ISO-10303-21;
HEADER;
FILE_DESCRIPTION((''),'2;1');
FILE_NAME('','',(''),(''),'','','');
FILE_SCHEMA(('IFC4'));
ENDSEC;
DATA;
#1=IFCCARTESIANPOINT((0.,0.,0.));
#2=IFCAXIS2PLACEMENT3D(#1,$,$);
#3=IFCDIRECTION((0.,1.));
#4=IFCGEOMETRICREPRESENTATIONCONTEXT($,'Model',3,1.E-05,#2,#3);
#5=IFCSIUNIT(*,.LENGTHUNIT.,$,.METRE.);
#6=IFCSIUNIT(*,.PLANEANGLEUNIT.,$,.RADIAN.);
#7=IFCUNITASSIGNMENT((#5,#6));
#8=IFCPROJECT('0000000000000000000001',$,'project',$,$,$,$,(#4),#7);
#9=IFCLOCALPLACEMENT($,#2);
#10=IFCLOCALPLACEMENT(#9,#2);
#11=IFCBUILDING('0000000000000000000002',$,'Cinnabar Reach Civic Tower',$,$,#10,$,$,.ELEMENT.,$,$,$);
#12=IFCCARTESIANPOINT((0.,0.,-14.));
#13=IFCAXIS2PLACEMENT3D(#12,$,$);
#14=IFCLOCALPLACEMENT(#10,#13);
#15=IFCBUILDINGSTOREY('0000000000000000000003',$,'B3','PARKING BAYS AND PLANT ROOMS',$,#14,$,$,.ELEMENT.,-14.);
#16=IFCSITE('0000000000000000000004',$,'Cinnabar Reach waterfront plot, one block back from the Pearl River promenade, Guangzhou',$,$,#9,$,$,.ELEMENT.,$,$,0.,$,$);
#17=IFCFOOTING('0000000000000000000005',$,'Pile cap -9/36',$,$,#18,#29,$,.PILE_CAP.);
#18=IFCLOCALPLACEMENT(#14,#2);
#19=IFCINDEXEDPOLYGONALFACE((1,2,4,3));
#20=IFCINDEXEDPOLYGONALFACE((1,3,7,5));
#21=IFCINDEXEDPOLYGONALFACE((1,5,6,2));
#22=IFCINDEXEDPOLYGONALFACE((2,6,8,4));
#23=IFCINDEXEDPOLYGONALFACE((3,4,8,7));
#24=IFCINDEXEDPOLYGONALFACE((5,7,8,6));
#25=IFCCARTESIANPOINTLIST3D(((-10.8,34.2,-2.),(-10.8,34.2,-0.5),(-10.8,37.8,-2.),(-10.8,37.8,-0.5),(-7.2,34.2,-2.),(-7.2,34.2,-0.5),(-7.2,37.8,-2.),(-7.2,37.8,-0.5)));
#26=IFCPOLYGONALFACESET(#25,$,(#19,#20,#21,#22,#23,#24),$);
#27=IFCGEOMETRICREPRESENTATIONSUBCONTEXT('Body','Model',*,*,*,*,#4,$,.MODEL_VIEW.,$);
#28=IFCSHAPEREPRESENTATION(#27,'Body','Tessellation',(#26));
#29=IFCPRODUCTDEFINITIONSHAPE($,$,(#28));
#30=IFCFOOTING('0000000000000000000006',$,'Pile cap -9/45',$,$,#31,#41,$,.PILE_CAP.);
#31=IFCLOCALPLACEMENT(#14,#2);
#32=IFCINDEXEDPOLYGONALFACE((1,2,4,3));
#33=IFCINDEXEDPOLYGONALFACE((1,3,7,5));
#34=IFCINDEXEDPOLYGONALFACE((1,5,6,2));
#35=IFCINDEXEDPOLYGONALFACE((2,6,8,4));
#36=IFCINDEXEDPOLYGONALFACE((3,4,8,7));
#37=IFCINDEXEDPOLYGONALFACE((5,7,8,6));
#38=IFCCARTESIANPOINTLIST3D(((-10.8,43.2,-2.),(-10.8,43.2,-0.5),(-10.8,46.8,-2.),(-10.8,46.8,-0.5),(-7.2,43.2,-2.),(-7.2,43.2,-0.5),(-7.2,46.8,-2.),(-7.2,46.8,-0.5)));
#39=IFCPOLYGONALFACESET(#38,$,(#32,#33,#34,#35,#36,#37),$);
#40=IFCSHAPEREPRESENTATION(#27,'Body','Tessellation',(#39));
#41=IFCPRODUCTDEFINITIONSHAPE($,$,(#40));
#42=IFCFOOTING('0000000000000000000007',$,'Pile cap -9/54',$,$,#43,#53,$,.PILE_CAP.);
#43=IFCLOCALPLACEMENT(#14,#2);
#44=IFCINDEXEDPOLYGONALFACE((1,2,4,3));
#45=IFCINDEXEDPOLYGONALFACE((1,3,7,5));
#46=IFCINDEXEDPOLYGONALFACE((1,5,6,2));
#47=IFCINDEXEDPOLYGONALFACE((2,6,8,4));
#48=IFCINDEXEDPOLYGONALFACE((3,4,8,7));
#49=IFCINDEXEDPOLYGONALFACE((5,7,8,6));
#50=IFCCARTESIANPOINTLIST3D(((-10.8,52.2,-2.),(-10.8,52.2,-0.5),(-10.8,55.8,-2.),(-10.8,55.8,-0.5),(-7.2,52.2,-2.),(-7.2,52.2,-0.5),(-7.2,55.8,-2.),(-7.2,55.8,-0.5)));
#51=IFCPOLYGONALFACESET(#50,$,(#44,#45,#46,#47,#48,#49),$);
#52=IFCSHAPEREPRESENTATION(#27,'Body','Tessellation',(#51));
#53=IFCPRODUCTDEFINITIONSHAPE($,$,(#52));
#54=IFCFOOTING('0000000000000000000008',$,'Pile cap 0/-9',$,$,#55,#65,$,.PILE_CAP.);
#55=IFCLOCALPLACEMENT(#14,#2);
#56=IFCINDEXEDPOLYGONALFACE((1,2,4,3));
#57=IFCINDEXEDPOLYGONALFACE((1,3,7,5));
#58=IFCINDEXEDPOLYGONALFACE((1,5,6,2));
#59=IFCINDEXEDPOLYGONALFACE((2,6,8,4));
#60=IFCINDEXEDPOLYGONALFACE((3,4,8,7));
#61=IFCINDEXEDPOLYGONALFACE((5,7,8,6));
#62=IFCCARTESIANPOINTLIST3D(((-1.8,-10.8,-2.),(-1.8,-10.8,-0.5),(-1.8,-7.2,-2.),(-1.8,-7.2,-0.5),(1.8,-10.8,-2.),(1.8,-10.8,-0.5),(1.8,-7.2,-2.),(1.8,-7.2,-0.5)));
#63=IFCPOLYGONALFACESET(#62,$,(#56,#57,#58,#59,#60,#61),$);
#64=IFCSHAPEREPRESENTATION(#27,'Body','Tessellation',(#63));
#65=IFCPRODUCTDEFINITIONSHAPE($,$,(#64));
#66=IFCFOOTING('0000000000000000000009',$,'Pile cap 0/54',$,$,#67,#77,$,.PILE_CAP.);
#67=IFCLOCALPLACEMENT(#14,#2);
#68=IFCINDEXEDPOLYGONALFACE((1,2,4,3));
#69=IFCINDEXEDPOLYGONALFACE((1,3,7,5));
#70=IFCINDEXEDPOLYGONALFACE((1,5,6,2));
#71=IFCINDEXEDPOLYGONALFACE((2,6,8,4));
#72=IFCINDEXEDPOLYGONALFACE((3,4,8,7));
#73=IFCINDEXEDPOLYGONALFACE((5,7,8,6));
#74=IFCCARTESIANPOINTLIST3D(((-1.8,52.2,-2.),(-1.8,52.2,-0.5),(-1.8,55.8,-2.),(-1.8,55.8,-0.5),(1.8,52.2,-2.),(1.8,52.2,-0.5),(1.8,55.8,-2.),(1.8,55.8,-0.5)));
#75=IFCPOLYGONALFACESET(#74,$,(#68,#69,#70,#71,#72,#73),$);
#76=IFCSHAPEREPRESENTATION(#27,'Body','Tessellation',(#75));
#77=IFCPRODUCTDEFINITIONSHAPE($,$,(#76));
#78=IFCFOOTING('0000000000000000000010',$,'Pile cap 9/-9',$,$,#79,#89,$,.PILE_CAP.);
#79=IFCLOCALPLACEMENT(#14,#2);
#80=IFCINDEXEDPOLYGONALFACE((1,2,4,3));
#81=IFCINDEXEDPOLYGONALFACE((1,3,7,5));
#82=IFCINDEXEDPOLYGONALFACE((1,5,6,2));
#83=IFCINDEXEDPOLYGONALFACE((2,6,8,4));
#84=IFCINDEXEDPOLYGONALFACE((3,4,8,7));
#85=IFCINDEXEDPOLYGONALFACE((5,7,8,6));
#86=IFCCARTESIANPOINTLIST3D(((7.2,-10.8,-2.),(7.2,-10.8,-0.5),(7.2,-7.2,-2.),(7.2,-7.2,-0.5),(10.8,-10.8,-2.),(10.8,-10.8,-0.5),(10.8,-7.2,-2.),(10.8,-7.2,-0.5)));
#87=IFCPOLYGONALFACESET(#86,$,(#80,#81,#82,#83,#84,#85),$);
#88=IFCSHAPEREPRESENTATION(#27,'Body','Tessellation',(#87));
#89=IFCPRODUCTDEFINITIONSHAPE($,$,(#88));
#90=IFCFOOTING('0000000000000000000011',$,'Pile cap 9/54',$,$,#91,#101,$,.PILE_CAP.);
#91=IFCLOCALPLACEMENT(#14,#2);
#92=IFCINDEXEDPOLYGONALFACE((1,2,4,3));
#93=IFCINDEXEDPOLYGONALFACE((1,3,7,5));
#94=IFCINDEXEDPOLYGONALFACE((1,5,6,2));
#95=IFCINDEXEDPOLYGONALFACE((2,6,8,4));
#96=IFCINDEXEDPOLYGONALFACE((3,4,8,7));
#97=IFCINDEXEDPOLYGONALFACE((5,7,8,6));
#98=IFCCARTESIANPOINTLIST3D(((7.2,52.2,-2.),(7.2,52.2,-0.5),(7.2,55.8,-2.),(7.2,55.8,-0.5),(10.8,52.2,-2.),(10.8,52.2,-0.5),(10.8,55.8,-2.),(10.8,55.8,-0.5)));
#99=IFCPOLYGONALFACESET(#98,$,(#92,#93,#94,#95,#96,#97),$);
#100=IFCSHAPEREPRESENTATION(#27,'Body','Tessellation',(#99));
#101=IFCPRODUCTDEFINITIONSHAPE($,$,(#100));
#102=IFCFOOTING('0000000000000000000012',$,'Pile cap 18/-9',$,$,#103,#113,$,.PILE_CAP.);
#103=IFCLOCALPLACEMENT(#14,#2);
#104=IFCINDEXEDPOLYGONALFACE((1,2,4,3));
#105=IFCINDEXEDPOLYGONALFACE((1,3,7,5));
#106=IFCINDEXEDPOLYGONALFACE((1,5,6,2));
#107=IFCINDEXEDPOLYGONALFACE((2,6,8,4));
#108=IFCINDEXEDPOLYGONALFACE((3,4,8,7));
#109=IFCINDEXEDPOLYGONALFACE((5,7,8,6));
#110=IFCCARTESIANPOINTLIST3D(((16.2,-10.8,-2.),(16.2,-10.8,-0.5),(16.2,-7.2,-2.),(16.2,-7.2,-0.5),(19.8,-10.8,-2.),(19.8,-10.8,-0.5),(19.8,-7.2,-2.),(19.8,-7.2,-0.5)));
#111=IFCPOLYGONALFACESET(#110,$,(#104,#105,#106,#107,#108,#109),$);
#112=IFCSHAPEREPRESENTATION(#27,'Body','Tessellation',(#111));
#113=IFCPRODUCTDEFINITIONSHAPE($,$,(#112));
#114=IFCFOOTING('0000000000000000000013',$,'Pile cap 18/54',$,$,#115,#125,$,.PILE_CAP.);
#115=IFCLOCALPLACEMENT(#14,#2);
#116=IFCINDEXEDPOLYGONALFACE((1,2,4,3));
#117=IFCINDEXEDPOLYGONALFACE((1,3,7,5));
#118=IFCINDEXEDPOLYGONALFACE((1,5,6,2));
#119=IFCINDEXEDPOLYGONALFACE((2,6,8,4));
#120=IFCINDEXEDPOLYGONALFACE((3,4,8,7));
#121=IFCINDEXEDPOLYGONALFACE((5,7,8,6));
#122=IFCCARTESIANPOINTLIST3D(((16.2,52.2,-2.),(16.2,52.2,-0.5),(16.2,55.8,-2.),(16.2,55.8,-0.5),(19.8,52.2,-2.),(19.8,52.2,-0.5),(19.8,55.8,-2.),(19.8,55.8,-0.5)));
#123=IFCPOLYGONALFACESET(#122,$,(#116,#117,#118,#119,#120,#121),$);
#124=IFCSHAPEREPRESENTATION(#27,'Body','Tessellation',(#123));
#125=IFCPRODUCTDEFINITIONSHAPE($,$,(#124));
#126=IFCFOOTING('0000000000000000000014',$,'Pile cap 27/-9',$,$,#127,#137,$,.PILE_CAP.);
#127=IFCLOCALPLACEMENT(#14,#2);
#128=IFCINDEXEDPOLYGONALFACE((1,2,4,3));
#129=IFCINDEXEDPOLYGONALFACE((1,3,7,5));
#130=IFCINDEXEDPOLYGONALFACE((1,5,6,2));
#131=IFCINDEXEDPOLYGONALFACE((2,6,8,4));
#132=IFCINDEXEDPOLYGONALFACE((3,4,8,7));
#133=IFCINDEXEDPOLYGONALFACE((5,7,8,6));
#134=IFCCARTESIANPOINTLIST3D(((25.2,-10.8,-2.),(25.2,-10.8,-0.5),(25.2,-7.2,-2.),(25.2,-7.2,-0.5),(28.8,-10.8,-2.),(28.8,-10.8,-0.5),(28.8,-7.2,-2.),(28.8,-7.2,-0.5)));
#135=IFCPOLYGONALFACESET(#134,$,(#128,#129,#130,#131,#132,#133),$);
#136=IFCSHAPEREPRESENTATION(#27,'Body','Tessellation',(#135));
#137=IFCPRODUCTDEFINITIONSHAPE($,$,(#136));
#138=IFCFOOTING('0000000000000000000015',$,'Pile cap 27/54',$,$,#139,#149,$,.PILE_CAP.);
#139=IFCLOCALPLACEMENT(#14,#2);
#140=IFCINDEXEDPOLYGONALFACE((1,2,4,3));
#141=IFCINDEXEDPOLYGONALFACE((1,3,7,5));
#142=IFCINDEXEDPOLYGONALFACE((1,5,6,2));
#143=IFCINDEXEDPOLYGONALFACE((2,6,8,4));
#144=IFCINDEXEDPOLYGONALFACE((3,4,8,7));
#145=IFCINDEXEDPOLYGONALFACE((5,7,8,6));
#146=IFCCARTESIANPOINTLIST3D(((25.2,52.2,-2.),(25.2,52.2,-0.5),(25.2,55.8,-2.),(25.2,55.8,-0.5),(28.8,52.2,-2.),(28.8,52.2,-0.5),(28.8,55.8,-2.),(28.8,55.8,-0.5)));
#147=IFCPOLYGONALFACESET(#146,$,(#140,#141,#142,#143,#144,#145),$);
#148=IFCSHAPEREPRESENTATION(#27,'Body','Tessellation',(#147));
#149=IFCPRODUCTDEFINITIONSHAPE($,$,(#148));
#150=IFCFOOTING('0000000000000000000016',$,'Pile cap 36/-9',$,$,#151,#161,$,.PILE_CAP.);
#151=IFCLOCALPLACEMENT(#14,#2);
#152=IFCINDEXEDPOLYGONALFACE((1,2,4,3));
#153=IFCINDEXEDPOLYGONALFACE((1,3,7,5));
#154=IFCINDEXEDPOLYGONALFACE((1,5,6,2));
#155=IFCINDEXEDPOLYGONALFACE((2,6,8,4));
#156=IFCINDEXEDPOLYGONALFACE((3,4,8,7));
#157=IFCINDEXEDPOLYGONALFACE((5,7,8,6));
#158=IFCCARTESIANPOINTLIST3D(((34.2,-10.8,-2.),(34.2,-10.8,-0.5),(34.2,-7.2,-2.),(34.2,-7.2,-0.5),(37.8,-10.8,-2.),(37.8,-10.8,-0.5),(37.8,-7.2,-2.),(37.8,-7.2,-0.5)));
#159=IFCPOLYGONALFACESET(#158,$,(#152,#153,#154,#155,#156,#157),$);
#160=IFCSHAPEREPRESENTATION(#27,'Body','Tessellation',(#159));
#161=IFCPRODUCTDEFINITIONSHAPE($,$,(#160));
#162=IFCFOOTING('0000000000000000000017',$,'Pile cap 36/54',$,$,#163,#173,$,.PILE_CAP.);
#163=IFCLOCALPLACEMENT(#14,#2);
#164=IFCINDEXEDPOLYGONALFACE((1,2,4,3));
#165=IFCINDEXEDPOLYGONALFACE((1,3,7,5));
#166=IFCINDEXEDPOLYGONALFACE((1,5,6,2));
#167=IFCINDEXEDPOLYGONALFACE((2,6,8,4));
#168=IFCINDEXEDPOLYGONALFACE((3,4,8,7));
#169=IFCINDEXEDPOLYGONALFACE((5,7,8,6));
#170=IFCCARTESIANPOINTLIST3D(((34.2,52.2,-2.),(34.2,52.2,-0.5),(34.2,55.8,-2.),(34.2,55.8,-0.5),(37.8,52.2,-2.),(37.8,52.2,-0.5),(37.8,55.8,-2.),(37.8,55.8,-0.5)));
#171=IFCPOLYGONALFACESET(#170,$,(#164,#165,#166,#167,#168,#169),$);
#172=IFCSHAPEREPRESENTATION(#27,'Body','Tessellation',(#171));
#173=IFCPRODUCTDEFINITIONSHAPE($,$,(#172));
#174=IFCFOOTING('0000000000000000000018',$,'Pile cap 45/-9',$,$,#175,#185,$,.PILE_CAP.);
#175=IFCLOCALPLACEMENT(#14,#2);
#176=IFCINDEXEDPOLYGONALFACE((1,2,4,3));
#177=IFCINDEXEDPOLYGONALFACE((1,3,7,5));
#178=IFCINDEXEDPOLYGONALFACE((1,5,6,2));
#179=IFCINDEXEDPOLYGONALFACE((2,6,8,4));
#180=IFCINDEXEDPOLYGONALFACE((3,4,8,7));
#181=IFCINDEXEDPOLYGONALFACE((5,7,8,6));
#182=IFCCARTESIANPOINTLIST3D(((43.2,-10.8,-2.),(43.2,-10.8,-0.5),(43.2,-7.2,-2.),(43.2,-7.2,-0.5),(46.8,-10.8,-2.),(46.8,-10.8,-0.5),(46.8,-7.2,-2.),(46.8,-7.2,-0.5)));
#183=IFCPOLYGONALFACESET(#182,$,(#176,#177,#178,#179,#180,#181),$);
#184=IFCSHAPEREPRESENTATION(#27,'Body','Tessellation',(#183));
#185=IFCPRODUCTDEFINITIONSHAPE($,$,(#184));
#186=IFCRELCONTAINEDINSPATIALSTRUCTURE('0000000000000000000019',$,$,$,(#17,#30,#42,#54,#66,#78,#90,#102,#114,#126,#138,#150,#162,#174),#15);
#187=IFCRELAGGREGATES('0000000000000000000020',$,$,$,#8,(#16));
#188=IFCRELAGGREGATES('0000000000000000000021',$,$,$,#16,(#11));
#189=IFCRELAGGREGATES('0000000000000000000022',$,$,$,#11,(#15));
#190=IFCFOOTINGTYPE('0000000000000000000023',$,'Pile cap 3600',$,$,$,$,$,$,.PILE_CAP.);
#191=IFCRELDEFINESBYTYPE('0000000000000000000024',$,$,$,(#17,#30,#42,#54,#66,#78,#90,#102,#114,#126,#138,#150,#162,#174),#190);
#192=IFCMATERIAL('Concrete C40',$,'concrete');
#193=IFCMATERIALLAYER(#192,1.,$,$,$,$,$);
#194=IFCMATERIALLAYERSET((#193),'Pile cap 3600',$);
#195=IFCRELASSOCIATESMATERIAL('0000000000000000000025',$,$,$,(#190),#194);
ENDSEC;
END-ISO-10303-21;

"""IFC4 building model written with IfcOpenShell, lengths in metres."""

from ifc_helpers import new_model, si_unit, direction, frame, origin, place, context, subcontext, project, spatial, polyline, outline, extrude, material, layer, layer_set, type_object, element, save


model = new_model("IFC4")

# Units and contexts
model_context = context("Model", 3, precision=1e-05, world=origin(), true_north=direction((0.0, 1.0)))
body_context = subcontext(model_context, "Body", "Model", "MODEL_VIEW")
ifc_project = project(units=[si_unit("LENGTHUNIT", "METRE"), si_unit("PLANEANGLEUNIT", "RADIAN")], contexts=[model_context])

# Site, building, storey
site_placement = place(None, origin())
site = spatial("IfcSite", under=ifc_project, at=site_placement, Name="Cinnabar Reach waterfront plot, one block back from the Pearl River promenade, Guangzhou", CompositionType="ELEMENT", RefElevation=0.0)
building_placement = place(site_placement, origin())
building = spatial("IfcBuilding", under=site, at=building_placement, Name="Cinnabar Reach Civic Tower", CompositionType="ELEMENT")
storey_placement = place(building_placement, frame((0.0, 0.0, -14.0)))
storey = spatial("IfcBuildingStorey", under=building, at=storey_placement, Name="B3", Description="PARKING BAYS AND PLANT ROOMS", CompositionType="ELEMENT", Elevation=-14.0)

# Footings
ifc_material = material(Name="Concrete C40", Category="concrete")
ifc_layer = layer(ifc_material, 1.0)
ifc_layer_set = layer_set([ifc_layer], Name="Pile cap 3600")
footing_type = type_object("IfcFootingType", Name="Pile cap 3600", PredefinedType="PILE_CAP", material=ifc_layer_set)
footing_1_placement = place(storey_placement, frame((0.0, 0.0, -2.0)))
element("IfcFooting", 1, at=footing_1_placement, inside=storey, type_object=footing_type, Name="Pile cap -9/36", PredefinedType="PILE_CAP", context=body_context, shape_type="SweptSolid", body=[
    extrude(outline(polyline([(-10.8, 34.2), (-7.2, 34.2), (-7.2, 37.8), (-10.8, 37.8), (-10.8, 34.2)])), origin(), (0.0, 0.0, 1.0), 1.5),
])
footing_2_placement = place(storey_placement, frame((0.0, 0.0, -2.0)))
element("IfcFooting", 2, at=footing_2_placement, inside=storey, type_object=footing_type, Name="Pile cap -9/45", PredefinedType="PILE_CAP", context=body_context, shape_type="SweptSolid", body=[
    extrude(outline(polyline([(-10.8, 43.2), (-7.2, 43.2), (-7.2, 46.8), (-10.8, 46.8), (-10.8, 43.2)])), origin(), (0.0, 0.0, 1.0), 1.5),
])
footing_3_placement = place(storey_placement, frame((0.0, 0.0, -2.0)))
element("IfcFooting", 3, at=footing_3_placement, inside=storey, type_object=footing_type, Name="Pile cap -9/54", PredefinedType="PILE_CAP", context=body_context, shape_type="SweptSolid", body=[
    extrude(outline(polyline([(-10.8, 52.2), (-7.2, 52.2), (-7.2, 55.8), (-10.8, 55.8), (-10.8, 52.2)])), origin(), (0.0, 0.0, 1.0), 1.5),
])
footing_4_placement = place(storey_placement, frame((0.0, 0.0, -2.0)))
element("IfcFooting", 4, at=footing_4_placement, inside=storey, type_object=footing_type, Name="Pile cap 0/-9", PredefinedType="PILE_CAP", context=body_context, shape_type="SweptSolid", body=[
    extrude(outline(polyline([(-1.8, -10.8), (1.8, -10.8), (1.8, -7.2), (-1.8, -7.2), (-1.8, -10.8)])), origin(), (0.0, 0.0, 1.0), 1.5),
])
footing_5_placement = place(storey_placement, frame((0.0, 0.0, -2.0)))
element("IfcFooting", 5, at=footing_5_placement, inside=storey, type_object=footing_type, Name="Pile cap 0/54", PredefinedType="PILE_CAP", context=body_context, shape_type="SweptSolid", body=[
    extrude(outline(polyline([(-1.8, 52.2), (1.8, 52.2), (1.8, 55.8), (-1.8, 55.8), (-1.8, 52.2)])), origin(), (0.0, 0.0, 1.0), 1.5),
])
footing_6_placement = place(storey_placement, frame((0.0, 0.0, -2.0)))
element("IfcFooting", 6, at=footing_6_placement, inside=storey, type_object=footing_type, Name="Pile cap 9/-9", PredefinedType="PILE_CAP", context=body_context, shape_type="SweptSolid", body=[
    extrude(outline(polyline([(7.2, -10.8), (10.8, -10.8), (10.8, -7.2), (7.2, -7.2), (7.2, -10.8)])), origin(), (0.0, 0.0, 1.0), 1.5),
])
footing_7_placement = place(storey_placement, frame((0.0, 0.0, -2.0)))
element("IfcFooting", 7, at=footing_7_placement, inside=storey, type_object=footing_type, Name="Pile cap 9/54", PredefinedType="PILE_CAP", context=body_context, shape_type="SweptSolid", body=[
    extrude(outline(polyline([(7.2, 52.2), (10.8, 52.2), (10.8, 55.8), (7.2, 55.8), (7.2, 52.2)])), origin(), (0.0, 0.0, 1.0), 1.5),
])
footing_8_placement = place(storey_placement, frame((0.0, 0.0, -2.0)))
element("IfcFooting", 8, at=footing_8_placement, inside=storey, type_object=footing_type, Name="Pile cap 18/-9", PredefinedType="PILE_CAP", context=body_context, shape_type="SweptSolid", body=[
    extrude(outline(polyline([(16.2, -10.8), (19.8, -10.8), (19.8, -7.2), (16.2, -7.2), (16.2, -10.8)])), origin(), (0.0, 0.0, 1.0), 1.5),
])
footing_9_placement = place(storey_placement, frame((0.0, 0.0, -2.0)))
element("IfcFooting", 9, at=footing_9_placement, inside=storey, type_object=footing_type, Name="Pile cap 18/54", PredefinedType="PILE_CAP", context=body_context, shape_type="SweptSolid", body=[
    extrude(outline(polyline([(16.2, 52.2), (19.8, 52.2), (19.8, 55.8), (16.2, 55.8), (16.2, 52.2)])), origin(), (0.0, 0.0, 1.0), 1.5),
])
footing_10_placement = place(storey_placement, frame((0.0, 0.0, -2.0)))
element("IfcFooting", 10, at=footing_10_placement, inside=storey, type_object=footing_type, Name="Pile cap 27/-9", PredefinedType="PILE_CAP", context=body_context, shape_type="SweptSolid", body=[
    extrude(outline(polyline([(25.2, -10.8), (28.8, -10.8), (28.8, -7.2), (25.2, -7.2), (25.2, -10.8)])), origin(), (0.0, 0.0, 1.0), 1.5),
])
footing_11_placement = place(storey_placement, frame((0.0, 0.0, -2.0)))
element("IfcFooting", 11, at=footing_11_placement, inside=storey, type_object=footing_type, Name="Pile cap 27/54", PredefinedType="PILE_CAP", context=body_context, shape_type="SweptSolid", body=[
    extrude(outline(polyline([(25.2, 52.2), (28.8, 52.2), (28.8, 55.8), (25.2, 55.8), (25.2, 52.2)])), origin(), (0.0, 0.0, 1.0), 1.5),
])
footing_12_placement = place(storey_placement, frame((0.0, 0.0, -2.0)))
element("IfcFooting", 12, at=footing_12_placement, inside=storey, type_object=footing_type, Name="Pile cap 36/-9", PredefinedType="PILE_CAP", context=body_context, shape_type="SweptSolid", body=[
    extrude(outline(polyline([(34.2, -10.8), (37.8, -10.8), (37.8, -7.2), (34.2, -7.2), (34.2, -10.8)])), origin(), (0.0, 0.0, 1.0), 1.5),
])
footing_13_placement = place(storey_placement, frame((0.0, 0.0, -2.0)))
element("IfcFooting", 13, at=footing_13_placement, inside=storey, type_object=footing_type, Name="Pile cap 36/54", PredefinedType="PILE_CAP", context=body_context, shape_type="SweptSolid", body=[
    extrude(outline(polyline([(34.2, 52.2), (37.8, 52.2), (37.8, 55.8), (34.2, 55.8), (34.2, 52.2)])), origin(), (0.0, 0.0, 1.0), 1.5),
])
footing_14_placement = place(storey_placement, frame((0.0, 0.0, -2.0)))
element("IfcFooting", 14, at=footing_14_placement, inside=storey, type_object=footing_type, Name="Pile cap 45/-9", PredefinedType="PILE_CAP", context=body_context, shape_type="SweptSolid", body=[
    extrude(outline(polyline([(43.2, -10.8), (46.8, -10.8), (46.8, -7.2), (43.2, -7.2), (43.2, -10.8)])), origin(), (0.0, 0.0, 1.0), 1.5),
])

save(model, "model.ifc")
